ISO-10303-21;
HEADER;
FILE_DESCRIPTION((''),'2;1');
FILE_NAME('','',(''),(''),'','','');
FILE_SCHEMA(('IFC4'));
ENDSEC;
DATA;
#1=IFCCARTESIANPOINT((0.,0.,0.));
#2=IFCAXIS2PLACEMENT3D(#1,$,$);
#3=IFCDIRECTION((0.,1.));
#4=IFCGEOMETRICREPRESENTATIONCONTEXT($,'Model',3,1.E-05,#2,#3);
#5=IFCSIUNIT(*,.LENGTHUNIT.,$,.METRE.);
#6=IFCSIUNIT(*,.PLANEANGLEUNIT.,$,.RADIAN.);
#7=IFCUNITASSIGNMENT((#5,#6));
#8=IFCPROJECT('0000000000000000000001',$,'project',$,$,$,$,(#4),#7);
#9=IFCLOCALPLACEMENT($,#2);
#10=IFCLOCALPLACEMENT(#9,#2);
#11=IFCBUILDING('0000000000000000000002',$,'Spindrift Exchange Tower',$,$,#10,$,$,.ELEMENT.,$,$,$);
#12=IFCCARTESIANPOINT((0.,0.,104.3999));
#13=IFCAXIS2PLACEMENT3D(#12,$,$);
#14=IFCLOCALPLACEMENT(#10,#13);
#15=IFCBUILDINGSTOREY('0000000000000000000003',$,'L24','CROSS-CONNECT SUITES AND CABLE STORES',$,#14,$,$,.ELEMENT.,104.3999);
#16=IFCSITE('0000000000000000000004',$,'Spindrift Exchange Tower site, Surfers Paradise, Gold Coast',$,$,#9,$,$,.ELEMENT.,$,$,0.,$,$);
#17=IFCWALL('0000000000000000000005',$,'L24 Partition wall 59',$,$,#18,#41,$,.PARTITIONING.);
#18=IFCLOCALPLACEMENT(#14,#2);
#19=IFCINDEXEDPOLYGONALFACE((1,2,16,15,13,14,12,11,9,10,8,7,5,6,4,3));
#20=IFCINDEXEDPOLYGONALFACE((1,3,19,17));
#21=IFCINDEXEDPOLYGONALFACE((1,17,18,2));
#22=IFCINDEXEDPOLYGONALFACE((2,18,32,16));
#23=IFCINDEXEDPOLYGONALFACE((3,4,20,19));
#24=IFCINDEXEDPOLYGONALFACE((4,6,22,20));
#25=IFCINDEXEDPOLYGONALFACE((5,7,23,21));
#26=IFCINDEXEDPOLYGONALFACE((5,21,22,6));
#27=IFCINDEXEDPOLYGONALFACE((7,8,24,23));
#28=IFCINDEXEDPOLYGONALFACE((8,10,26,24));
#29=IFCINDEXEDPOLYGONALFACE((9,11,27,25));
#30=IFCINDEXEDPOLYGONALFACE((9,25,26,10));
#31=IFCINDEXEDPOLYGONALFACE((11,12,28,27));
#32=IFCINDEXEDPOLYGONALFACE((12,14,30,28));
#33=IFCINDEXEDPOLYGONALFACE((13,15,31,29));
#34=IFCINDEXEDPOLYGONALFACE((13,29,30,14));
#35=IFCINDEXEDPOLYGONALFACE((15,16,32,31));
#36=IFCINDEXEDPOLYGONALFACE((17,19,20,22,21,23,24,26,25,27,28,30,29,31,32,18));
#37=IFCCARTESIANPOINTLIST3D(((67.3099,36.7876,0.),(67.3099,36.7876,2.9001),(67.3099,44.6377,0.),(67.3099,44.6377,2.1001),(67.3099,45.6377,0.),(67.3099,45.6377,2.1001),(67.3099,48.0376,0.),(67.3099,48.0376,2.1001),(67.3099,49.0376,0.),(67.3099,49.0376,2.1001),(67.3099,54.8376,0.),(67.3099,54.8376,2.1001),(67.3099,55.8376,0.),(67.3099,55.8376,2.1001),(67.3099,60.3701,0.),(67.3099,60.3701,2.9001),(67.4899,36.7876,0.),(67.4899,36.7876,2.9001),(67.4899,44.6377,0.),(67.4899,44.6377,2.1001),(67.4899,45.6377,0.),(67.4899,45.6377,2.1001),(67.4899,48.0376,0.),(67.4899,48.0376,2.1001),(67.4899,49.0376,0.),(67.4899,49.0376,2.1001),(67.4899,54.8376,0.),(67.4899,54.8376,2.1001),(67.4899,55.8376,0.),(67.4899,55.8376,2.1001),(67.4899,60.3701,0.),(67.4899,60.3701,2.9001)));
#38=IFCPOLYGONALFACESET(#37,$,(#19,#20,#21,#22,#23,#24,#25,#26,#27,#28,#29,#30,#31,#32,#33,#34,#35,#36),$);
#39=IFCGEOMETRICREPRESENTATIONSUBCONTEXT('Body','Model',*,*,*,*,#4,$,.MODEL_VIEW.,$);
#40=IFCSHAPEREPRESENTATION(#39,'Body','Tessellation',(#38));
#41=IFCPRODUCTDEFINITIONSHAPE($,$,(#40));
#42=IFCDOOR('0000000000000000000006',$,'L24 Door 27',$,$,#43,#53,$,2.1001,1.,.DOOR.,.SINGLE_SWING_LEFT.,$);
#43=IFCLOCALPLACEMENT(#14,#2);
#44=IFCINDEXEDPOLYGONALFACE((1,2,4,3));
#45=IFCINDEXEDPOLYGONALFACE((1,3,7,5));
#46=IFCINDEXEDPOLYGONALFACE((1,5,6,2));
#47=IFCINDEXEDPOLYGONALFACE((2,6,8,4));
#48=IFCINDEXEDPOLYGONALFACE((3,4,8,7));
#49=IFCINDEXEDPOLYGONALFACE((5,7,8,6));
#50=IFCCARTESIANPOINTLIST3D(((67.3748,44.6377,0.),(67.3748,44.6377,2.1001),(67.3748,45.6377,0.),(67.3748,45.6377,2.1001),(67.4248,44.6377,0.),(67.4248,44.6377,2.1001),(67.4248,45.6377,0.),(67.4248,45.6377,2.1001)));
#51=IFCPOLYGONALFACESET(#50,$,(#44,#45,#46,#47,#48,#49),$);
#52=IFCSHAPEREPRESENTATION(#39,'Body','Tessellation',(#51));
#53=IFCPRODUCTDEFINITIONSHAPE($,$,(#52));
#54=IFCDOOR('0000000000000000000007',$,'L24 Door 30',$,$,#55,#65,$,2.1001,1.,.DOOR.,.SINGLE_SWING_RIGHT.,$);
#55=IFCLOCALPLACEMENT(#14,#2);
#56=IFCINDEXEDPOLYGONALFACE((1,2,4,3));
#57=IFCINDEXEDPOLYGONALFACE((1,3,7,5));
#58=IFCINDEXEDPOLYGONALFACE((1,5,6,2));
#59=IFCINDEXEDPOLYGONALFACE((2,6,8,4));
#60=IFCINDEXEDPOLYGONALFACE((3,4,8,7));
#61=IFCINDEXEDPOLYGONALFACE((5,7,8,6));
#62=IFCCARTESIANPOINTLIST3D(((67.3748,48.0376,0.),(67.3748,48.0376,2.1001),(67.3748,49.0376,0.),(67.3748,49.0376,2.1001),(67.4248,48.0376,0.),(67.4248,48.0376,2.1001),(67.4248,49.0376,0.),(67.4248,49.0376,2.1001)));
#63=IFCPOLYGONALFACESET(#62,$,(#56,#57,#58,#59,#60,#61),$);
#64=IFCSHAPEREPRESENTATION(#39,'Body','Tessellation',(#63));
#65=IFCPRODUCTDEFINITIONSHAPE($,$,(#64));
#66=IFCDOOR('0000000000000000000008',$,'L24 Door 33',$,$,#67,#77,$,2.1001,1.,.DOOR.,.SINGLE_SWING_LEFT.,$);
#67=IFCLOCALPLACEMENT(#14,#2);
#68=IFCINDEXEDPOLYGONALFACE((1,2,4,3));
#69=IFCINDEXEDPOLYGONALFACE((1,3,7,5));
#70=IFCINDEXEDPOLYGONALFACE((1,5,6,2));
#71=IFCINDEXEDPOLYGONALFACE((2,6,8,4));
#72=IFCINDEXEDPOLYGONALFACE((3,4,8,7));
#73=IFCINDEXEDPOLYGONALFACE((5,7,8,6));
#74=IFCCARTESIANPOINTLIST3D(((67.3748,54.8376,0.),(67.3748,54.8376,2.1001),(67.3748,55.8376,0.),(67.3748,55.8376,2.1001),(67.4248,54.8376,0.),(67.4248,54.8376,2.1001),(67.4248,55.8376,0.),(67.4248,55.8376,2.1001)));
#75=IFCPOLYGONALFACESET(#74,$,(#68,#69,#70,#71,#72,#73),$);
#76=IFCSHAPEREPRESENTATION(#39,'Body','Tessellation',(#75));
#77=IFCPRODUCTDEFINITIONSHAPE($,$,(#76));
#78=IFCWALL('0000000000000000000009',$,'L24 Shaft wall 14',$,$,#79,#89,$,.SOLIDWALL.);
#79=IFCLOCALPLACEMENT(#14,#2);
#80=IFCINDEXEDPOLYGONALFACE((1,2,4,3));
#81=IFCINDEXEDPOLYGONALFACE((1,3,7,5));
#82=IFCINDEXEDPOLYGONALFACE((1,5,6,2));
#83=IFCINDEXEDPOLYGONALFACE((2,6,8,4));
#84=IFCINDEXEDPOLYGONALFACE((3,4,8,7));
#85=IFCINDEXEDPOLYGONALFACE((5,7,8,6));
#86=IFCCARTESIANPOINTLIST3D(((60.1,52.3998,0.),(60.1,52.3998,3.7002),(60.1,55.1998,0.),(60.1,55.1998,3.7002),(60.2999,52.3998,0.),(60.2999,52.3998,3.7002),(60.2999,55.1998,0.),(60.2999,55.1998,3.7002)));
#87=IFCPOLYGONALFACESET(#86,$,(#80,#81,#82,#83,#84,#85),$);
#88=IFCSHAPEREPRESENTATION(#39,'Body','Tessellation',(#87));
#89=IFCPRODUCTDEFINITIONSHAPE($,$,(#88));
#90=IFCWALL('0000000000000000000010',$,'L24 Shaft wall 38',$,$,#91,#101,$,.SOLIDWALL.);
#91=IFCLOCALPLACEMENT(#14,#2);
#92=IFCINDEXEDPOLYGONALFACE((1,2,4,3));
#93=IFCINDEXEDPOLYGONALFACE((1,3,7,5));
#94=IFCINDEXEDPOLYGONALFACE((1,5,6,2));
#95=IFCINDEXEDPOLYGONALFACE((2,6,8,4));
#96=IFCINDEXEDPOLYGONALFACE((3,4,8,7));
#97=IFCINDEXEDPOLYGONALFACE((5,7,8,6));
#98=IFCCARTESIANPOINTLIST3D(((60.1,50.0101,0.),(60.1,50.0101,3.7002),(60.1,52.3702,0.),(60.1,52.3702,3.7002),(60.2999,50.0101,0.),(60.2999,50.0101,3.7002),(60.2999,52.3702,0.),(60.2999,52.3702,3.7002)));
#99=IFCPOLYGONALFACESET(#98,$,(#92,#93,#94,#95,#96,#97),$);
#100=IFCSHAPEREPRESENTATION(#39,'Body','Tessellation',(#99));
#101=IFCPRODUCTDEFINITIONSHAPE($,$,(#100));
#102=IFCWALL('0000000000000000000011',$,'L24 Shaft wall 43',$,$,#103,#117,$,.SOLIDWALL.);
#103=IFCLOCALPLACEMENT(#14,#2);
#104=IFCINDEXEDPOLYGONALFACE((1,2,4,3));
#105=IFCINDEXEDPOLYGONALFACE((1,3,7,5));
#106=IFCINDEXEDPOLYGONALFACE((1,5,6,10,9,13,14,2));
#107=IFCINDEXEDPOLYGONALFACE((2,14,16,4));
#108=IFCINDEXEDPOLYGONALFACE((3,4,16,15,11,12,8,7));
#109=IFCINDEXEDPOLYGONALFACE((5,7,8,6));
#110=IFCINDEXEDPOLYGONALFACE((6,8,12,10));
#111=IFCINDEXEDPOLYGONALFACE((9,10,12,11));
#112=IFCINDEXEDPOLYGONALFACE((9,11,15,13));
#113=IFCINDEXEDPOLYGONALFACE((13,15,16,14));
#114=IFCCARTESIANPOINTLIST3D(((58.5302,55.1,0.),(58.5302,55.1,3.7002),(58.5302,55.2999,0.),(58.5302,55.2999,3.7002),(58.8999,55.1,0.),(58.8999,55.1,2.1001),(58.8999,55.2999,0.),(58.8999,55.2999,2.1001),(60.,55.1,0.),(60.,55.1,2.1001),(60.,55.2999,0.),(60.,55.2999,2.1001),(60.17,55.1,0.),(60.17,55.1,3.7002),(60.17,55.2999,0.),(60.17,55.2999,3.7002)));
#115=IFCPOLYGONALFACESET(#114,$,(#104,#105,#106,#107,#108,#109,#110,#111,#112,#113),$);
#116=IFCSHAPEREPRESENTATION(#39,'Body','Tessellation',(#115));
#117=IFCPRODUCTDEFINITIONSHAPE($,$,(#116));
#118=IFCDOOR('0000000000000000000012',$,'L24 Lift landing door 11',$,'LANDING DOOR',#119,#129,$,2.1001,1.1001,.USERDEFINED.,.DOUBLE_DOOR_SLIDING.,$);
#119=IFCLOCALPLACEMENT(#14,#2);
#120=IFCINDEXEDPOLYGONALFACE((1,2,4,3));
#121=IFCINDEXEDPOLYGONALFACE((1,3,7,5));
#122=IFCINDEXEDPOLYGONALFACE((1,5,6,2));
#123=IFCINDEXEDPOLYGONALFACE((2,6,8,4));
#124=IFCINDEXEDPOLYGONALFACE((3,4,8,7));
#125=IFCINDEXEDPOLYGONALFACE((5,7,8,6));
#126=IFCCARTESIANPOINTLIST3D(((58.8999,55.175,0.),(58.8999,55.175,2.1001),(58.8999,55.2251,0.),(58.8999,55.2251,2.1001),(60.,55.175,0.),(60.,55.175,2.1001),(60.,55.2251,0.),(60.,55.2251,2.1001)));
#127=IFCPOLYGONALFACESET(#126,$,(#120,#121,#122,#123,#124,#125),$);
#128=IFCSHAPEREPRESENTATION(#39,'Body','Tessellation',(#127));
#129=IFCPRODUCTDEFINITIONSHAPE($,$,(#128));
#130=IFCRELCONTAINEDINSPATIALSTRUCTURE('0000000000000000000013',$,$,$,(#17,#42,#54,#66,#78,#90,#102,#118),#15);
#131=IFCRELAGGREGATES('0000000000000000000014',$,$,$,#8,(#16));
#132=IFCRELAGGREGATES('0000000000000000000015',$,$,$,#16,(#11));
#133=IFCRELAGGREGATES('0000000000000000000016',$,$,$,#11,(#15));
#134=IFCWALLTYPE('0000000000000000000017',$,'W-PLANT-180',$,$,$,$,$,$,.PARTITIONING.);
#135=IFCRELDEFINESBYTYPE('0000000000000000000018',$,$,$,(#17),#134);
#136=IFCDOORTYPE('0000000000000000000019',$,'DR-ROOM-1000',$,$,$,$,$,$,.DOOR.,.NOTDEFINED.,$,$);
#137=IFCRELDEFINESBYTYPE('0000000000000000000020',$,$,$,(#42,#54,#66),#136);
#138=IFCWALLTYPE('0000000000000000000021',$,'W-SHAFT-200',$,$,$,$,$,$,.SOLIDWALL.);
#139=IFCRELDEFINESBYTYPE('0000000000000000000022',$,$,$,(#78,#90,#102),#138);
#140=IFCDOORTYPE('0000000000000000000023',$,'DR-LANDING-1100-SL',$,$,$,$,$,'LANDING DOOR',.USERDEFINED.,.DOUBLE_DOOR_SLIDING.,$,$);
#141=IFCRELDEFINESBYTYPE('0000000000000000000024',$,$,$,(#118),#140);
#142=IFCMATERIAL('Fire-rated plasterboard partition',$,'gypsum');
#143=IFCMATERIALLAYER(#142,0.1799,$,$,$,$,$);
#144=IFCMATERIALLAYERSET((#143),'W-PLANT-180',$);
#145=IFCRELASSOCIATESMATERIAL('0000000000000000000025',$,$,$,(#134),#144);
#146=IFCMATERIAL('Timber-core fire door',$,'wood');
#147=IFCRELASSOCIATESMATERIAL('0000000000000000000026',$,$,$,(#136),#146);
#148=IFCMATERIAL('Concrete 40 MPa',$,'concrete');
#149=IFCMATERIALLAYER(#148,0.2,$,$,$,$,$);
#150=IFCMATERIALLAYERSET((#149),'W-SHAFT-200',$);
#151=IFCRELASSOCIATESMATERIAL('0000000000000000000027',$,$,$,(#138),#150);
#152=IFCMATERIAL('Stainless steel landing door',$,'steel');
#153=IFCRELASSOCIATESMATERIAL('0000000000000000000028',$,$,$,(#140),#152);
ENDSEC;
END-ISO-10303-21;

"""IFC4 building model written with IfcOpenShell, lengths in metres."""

from ifc_helpers import new_model, si_unit, direction, frame, frame_2d, origin, place, context, subcontext, project, spatial, rectangle, extrude, source, transform, mapped, material, layer, layer_set, type_object, element, fill, save


model = new_model("IFC4")

# Units and contexts
model_context = context("Model", 3, precision=1e-05, world=origin(), true_north=direction((0.0, 1.0)))
body_context = subcontext(model_context, "Body", "Model", "MODEL_VIEW")
ifc_project = project(units=[si_unit("LENGTHUNIT", "METRE"), si_unit("PLANEANGLEUNIT", "RADIAN")], contexts=[model_context])

# Site, building, storey
site_placement = place(None, origin())
site = spatial("IfcSite", under=ifc_project, at=site_placement, Name="Spindrift Exchange Tower site, Surfers Paradise, Gold Coast", CompositionType="ELEMENT", RefElevation=0.0)
building_placement = place(site_placement, origin())
building = spatial("IfcBuilding", under=site, at=building_placement, Name="Spindrift Exchange Tower", CompositionType="ELEMENT")
storey_placement = place(building_placement, frame((0.0, 0.0, 104.3999)))
storey = spatial("IfcBuildingStorey", under=building, at=storey_placement, Name="L24", Description="CROSS-CONNECT SUITES AND CABLE STORES", CompositionType="ELEMENT", Elevation=104.3999)

# Shared definitions
ifc_material_1 = material(Name="Fire-rated plasterboard partition", Category="gypsum")

# Wall, openings, doors
ifc_layer_1 = layer(ifc_material_1, 0.1799)
ifc_layer_set_1 = layer_set([ifc_layer_1], Name="W-PLANT-180")
wall_type_1 = type_object("IfcWallType", Name="W-PLANT-180", PredefinedType="PARTITIONING", material=ifc_layer_set_1)
wall_1_placement = place(storey_placement, frame((67.3999, 60.3701, 0.0), z_axis=(0.0, 0.0, 1.0), x_axis=(0.0, -1.0, 0.0)))
wall_1 = element("IfcWall", 1, at=wall_1_placement, inside=storey, type_object=wall_type_1, Name="L24 Partition wall 59", PredefinedType="PARTITIONING", context=body_context, shape_type="SweptSolid", body=[
    extrude(rectangle(XDim=23.5825, YDim=0.1799, at=frame_2d((11.7913, 0.0))), origin(), (0.0, 0.0, 1.0), 2.9001),
])
opening_1_placement = place(wall_1_placement, frame((14.7324, 0.0, 0.0)))
opening_1 = element("IfcOpeningElement", 2, at=opening_1_placement, cuts=wall_1, PredefinedType="OPENING", context=body_context, shape_type="SweptSolid", body=[
    extrude(rectangle(XDim=1.0, YDim=2.1001, at=frame_2d((0.5, 1.05))), frame((0.0, 0.0999, 0.0), z_axis=(0.0, -1.0, 0.0), x_axis=(1.0, 0.0, 0.0)), (0.0, 0.0, 1.0), 0.2),
])
opening_2_placement = place(wall_1_placement, frame((11.3325, 0.0, 0.0)))
opening_2 = element("IfcOpeningElement", 3, at=opening_2_placement, cuts=wall_1, PredefinedType="OPENING", context=body_context, shape_type="SweptSolid", body=[
    extrude(rectangle(XDim=1.0, YDim=2.1001, at=frame_2d((0.5, 1.05))), frame((0.0, 0.0999, 0.0), z_axis=(0.0, -1.0, 0.0), x_axis=(1.0, 0.0, 0.0)), (0.0, 0.0, 1.0), 0.2),
])
opening_3_placement = place(wall_1_placement, frame((4.5325, 0.0, 0.0)))
opening_3 = element("IfcOpeningElement", 4, at=opening_3_placement, cuts=wall_1, PredefinedType="OPENING", context=body_context, shape_type="SweptSolid", body=[
    extrude(rectangle(XDim=1.0, YDim=2.1001, at=frame_2d((0.5, 1.05))), frame((0.0, 0.0999, 0.0), z_axis=(0.0, -1.0, 0.0), x_axis=(1.0, 0.0, 0.0)), (0.0, 0.0, 1.0), 0.2),
])
ifc_material_2 = material(Name="Timber-core fire door", Category="wood")
door_type_1 = type_object("IfcDoorType", Name="DR-ROOM-1000", OperationType="NOTDEFINED", PredefinedType="DOOR", material=ifc_material_2)
shared_shape_1 = source(origin(), body_context, "Body", "SweptSolid", [
    extrude(rectangle(XDim=1.0, YDim=2.1001, at=frame_2d((0.5, 1.05))), frame((0.0, 0.0249, 0.0), z_axis=(0.0, -1.0, 0.0), x_axis=(1.0, 0.0, 0.0)), (0.0, 0.0, 1.0), 0.05),
])
door_1_placement = place(opening_1_placement, origin())
door_1 = element("IfcDoor", 5, at=door_1_placement, inside=storey, type_object=door_type_1, Name="L24 Door 27", OperationType="SINGLE_SWING_LEFT", OverallHeight=2.1001, OverallWidth=1.0, PredefinedType="DOOR", context=body_context, shape_type="MappedRepresentation", body=[
    mapped(shared_shape_1, transform((0.0, 0.0, 0.0), scale=1.0)),
])
fill(opening_1, door_1)
door_2_placement = place(opening_2_placement, origin())
door_2 = element("IfcDoor", 6, at=door_2_placement, inside=storey, type_object=door_type_1, Name="L24 Door 30", OperationType="SINGLE_SWING_RIGHT", OverallHeight=2.1001, OverallWidth=1.0, PredefinedType="DOOR", context=body_context, shape_type="MappedRepresentation", body=[
    mapped(shared_shape_1, transform((0.0, 0.0, 0.0), scale=1.0)),
])
fill(opening_2, door_2)
door_3_placement = place(opening_3_placement, origin())
door_3 = element("IfcDoor", 7, at=door_3_placement, inside=storey, type_object=door_type_1, Name="L24 Door 33", OperationType="SINGLE_SWING_LEFT", OverallHeight=2.1001, OverallWidth=1.0, PredefinedType="DOOR", context=body_context, shape_type="MappedRepresentation", body=[
    mapped(shared_shape_1, transform((0.0, 0.0, 0.0), scale=1.0)),
])
fill(opening_3, door_3)

# Walls
ifc_material_3 = material(Name="Concrete 40 MPa", Category="concrete")
ifc_layer_2 = layer(ifc_material_3, 0.2)
ifc_layer_set_2 = layer_set([ifc_layer_2], Name="W-SHAFT-200")
wall_type_2 = type_object("IfcWallType", Name="W-SHAFT-200", PredefinedType="SOLIDWALL", material=ifc_layer_set_2)
wall_2_placement = place(storey_placement, frame((60.2, 52.3999, 0.0), z_axis=(0.0, 0.0, 1.0), x_axis=(0.0, 1.0, 0.0)))
element("IfcWall", 8, at=wall_2_placement, inside=storey, type_object=wall_type_2, Name="L24 Shaft wall 14", PredefinedType="SOLIDWALL", context=body_context, shape_type="SweptSolid", body=[
    extrude(rectangle(XDim=2.8, YDim=0.2, at=frame_2d((1.3999, 0.0))), origin(), (0.0, 0.0, 1.0), 3.7002),
])
wall_3_placement = place(storey_placement, frame((60.2, 50.01, 0.0), z_axis=(0.0, 0.0, 1.0), x_axis=(0.0, 1.0, 0.0)))
element("IfcWall", 9, at=wall_3_placement, inside=storey, type_object=wall_type_2, Name="L24 Shaft wall 38", PredefinedType="SOLIDWALL", context=body_context, shape_type="SweptSolid", body=[
    extrude(rectangle(XDim=2.3601, YDim=0.2, at=frame_2d((1.1802, 0.0))), origin(), (0.0, 0.0, 1.0), 3.7002),
])

# Wall, opening, door
wall_4_placement = place(storey_placement, frame((60.1699, 55.2, 0.0), z_axis=(0.0, 0.0, 1.0), x_axis=(-1.0, 0.0, 0.0)))
wall_4 = element("IfcWall", 10, at=wall_4_placement, inside=storey, type_object=wall_type_2, Name="L24 Shaft wall 43", PredefinedType="SOLIDWALL", context=body_context, shape_type="SweptSolid", body=[
    extrude(rectangle(XDim=1.6399, YDim=0.2, at=frame_2d((0.8198, 0.0))), origin(), (0.0, 0.0, 1.0), 3.7002),
])
opening_4_placement = place(wall_4_placement, frame((0.1699, 0.0, 0.0)))
opening_4 = element("IfcOpeningElement", 11, at=opening_4_placement, cuts=wall_4, PredefinedType="OPENING", context=body_context, shape_type="SweptSolid", body=[
    extrude(rectangle(XDim=1.1001, YDim=2.1001, at=frame_2d((0.55, 1.05))), frame((0.0, 0.1099, 0.0), z_axis=(0.0, -1.0, 0.0), x_axis=(1.0, 0.0, 0.0)), (0.0, 0.0, 1.0), 0.22),
])
ifc_material_4 = material(Name="Stainless steel landing door", Category="steel")
door_type_2 = type_object("IfcDoorType", Name="DR-LANDING-1100-SL", ElementType="LANDING DOOR", OperationType="DOUBLE_DOOR_SLIDING", PredefinedType="USERDEFINED", material=ifc_material_4)
shared_shape_2 = source(origin(), body_context, "Body", "SweptSolid", [
    extrude(rectangle(XDim=1.1001, YDim=2.1001, at=frame_2d((0.55, 1.05))), frame((0.0, 0.0249, 0.0), z_axis=(0.0, -1.0, 0.0), x_axis=(1.0, 0.0, 0.0)), (0.0, 0.0, 1.0), 0.05),
])
door_4_placement = place(opening_4_placement, origin())
door_4 = element("IfcDoor", 12, at=door_4_placement, inside=storey, type_object=door_type_2, Name="L24 Lift landing door 11", ObjectType="LANDING DOOR", OperationType="DOUBLE_DOOR_SLIDING", OverallHeight=2.1001, OverallWidth=1.1001, PredefinedType="USERDEFINED", context=body_context, shape_type="MappedRepresentation", body=[
    mapped(shared_shape_2, transform((0.0, 0.0, 0.0), scale=1.0)),
])
fill(opening_4, door_4)

save(model, "model.ifc")
